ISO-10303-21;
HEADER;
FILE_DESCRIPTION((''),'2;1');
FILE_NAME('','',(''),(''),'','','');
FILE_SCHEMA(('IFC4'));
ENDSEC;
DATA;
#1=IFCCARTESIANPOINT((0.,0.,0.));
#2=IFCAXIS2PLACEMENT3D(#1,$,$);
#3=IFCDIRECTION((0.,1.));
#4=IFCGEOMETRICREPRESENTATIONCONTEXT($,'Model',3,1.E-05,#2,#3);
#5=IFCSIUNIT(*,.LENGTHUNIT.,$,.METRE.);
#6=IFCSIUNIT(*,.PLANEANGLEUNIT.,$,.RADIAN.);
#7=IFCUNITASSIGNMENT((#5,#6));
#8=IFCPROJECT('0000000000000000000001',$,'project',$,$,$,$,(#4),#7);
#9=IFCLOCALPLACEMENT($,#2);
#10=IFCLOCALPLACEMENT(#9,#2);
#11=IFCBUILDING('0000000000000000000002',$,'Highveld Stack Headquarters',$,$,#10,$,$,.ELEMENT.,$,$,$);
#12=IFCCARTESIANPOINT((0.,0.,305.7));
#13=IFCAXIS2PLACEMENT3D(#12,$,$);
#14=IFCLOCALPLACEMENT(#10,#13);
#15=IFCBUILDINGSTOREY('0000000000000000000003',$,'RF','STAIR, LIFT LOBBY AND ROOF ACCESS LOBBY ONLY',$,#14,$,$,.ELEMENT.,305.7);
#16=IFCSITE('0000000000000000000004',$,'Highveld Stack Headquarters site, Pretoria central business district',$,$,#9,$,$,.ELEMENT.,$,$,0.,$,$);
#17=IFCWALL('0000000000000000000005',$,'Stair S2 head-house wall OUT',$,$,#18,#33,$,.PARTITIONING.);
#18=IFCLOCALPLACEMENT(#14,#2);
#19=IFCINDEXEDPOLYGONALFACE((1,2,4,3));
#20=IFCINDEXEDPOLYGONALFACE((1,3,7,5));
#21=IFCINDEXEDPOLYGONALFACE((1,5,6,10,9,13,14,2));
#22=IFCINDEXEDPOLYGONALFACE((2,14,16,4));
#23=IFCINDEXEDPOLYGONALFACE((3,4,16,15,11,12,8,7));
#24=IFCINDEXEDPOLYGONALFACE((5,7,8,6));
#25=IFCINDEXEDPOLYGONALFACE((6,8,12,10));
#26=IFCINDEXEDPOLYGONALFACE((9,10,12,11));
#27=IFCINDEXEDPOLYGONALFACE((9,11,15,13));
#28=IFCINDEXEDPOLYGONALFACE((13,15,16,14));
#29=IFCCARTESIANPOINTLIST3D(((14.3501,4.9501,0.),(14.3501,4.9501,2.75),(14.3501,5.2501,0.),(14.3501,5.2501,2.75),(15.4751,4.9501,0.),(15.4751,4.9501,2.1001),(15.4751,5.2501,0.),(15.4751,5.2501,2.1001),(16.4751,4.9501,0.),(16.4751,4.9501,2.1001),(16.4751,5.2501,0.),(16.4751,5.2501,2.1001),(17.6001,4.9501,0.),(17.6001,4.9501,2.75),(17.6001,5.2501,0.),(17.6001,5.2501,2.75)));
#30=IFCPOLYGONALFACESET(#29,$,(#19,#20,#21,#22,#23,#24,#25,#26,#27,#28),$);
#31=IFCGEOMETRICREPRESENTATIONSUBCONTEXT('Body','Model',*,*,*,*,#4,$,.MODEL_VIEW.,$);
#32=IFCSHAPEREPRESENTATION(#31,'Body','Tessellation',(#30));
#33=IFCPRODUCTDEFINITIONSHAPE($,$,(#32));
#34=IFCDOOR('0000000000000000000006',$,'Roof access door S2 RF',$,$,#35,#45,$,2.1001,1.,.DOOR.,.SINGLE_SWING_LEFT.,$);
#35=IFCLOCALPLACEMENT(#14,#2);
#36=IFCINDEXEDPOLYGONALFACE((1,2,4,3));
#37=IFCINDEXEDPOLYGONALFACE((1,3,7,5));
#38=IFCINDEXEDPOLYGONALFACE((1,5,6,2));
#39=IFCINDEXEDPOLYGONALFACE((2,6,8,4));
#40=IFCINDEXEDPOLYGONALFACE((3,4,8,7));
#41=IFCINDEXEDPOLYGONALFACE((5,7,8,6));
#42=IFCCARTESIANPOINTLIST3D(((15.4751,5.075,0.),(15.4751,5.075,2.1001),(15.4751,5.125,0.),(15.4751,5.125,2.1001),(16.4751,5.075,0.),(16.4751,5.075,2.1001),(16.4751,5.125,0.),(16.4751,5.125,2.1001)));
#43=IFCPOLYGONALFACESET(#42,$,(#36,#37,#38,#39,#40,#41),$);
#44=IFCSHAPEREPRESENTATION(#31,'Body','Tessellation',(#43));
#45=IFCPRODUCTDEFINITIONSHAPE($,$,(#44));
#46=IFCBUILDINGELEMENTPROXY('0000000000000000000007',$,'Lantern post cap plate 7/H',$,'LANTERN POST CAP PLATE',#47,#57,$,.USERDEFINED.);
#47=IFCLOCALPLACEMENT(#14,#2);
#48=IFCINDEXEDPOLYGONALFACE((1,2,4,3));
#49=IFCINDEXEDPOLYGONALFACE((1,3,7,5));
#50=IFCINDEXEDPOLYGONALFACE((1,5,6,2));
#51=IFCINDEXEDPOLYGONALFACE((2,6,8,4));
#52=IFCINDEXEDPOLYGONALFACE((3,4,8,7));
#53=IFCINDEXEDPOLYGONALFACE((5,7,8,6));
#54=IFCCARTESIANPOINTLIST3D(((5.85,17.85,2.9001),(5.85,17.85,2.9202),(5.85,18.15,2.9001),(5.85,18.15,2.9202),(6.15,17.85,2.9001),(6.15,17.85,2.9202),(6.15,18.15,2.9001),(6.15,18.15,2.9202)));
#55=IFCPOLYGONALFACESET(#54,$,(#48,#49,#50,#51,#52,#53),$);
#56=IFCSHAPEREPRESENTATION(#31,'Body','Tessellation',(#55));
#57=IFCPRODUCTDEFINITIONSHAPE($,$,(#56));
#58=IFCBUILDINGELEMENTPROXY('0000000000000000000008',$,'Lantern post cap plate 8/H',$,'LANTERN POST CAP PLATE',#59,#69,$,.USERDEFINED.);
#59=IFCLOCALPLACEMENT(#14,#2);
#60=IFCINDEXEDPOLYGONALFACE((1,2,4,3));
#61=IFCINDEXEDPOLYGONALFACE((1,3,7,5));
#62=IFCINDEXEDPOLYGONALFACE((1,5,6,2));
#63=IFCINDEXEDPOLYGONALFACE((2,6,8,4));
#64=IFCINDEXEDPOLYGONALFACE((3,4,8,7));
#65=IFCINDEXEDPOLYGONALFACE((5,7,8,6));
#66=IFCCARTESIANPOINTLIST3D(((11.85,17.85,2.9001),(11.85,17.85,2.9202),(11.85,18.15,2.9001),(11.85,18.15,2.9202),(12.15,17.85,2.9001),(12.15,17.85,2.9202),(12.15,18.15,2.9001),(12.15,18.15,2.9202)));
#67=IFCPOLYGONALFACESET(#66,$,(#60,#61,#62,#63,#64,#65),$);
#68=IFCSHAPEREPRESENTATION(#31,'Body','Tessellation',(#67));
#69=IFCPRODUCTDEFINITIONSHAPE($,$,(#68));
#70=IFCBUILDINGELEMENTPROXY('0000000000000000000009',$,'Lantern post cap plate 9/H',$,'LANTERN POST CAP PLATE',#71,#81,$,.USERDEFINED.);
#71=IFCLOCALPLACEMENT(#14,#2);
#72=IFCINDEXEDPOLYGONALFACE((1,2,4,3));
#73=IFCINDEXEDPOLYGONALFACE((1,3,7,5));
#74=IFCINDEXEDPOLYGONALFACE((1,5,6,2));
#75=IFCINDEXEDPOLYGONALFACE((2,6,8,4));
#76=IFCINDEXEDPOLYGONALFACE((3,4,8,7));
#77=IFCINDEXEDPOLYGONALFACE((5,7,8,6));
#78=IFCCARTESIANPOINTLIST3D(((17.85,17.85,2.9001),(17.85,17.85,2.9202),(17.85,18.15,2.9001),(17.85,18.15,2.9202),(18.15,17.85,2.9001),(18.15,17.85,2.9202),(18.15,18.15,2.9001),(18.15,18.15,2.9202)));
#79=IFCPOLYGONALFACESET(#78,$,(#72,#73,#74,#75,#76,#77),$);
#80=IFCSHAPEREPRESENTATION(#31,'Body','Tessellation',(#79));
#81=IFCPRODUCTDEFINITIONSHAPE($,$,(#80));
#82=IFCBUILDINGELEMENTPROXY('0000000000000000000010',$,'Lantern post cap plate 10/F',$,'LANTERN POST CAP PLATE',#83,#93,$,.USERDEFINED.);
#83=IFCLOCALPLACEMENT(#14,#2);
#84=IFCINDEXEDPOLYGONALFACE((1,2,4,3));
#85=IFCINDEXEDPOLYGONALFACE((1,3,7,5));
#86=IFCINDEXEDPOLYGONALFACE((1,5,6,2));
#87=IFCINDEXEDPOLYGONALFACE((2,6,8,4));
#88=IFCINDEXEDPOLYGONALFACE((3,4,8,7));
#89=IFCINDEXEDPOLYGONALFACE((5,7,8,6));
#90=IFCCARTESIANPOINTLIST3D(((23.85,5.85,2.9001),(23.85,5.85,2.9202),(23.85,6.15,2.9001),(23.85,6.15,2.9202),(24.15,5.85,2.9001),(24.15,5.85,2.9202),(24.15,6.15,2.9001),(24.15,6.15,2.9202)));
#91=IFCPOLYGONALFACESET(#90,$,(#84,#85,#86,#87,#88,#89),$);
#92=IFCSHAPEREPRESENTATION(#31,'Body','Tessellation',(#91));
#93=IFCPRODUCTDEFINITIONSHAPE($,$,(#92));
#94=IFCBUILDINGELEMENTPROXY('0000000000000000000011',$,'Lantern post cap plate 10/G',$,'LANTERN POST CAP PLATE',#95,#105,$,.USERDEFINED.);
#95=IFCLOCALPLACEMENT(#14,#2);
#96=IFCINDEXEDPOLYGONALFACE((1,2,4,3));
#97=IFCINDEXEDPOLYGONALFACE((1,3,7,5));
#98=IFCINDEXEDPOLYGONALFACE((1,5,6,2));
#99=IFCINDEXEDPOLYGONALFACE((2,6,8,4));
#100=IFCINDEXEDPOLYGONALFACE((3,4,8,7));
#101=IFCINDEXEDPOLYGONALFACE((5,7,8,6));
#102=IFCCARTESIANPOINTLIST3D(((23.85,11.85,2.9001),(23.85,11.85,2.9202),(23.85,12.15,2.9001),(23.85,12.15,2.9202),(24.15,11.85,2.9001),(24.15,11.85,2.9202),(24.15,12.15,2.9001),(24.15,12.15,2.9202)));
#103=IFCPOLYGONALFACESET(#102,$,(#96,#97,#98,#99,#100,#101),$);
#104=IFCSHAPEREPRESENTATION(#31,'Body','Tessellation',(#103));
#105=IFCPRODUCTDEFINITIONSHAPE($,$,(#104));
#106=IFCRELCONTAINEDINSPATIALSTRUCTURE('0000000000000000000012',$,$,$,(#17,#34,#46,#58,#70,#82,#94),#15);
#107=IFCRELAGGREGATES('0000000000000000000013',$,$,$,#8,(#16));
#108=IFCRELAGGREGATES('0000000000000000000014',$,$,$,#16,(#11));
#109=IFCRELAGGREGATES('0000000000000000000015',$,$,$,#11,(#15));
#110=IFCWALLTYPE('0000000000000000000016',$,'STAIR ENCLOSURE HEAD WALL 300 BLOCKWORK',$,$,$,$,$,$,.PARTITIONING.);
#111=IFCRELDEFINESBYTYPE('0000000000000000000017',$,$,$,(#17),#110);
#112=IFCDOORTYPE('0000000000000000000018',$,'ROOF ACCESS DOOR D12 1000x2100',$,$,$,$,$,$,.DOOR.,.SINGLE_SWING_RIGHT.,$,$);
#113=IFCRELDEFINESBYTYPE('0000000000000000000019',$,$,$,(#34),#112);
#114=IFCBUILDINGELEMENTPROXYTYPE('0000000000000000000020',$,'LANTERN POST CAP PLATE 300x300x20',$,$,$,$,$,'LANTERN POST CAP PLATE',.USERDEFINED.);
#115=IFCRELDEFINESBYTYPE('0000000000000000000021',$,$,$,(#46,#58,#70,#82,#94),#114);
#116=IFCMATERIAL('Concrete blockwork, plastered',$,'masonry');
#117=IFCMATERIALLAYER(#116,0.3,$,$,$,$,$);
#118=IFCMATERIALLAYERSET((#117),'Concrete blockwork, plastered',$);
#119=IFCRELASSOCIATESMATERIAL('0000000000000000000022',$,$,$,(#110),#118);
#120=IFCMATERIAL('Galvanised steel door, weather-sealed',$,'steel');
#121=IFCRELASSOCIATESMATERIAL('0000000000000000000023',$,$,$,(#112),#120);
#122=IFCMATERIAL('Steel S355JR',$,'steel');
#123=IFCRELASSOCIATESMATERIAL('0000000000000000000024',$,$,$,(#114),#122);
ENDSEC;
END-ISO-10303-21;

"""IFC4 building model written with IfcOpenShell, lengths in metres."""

from ifc_helpers import new_model, si_unit, direction, frame, frame_2d, origin, origin_2d, place, context, subcontext, project, spatial, rectangle, extrude, material, layer, layer_set, type_object, element, fill, save


model = new_model("IFC4")

# Units and contexts
model_context = context("Model", 3, precision=1e-05, world=origin(), true_north=direction((0.0, 1.0)))
body_context = subcontext(model_context, "Body", "Model", "MODEL_VIEW")
ifc_project = project(units=[si_unit("LENGTHUNIT", "METRE"), si_unit("PLANEANGLEUNIT", "RADIAN")], contexts=[model_context])

# Site, building, storey
site_placement = place(None, origin())
site = spatial("IfcSite", under=ifc_project, at=site_placement, Name="Highveld Stack Headquarters site, Pretoria central business district", CompositionType="ELEMENT", RefElevation=0.0)
building_placement = place(site_placement, origin())
building = spatial("IfcBuilding", under=site, at=building_placement, Name="Highveld Stack Headquarters", CompositionType="ELEMENT")
storey_placement = place(building_placement, frame((0.0, 0.0, 305.7)))
storey = spatial("IfcBuildingStorey", under=building, at=storey_placement, Name="RF", Description="STAIR, LIFT LOBBY AND ROOF ACCESS LOBBY ONLY", CompositionType="ELEMENT", Elevation=305.7)

# Shared definitions
ifc_material_1 = material(Name="Concrete blockwork, plastered", Category="masonry")
ifc_layer_1 = layer(ifc_material_1, 0.3)
ifc_layer_set_1 = layer_set([ifc_layer_1], Name="Concrete blockwork, plastered")
wall_type_1 = type_object("IfcWallType", Name="STAIR ENCLOSURE HEAD WALL 300 BLOCKWORK", PredefinedType="PARTITIONING", material=ifc_layer_set_1)

# Wall, opening, door
wall_1_placement = place(storey_placement, frame((14.3501, 5.1001, 0.0), z_axis=(0.0, 0.0, 1.0), x_axis=(1.0, 0.0, 0.0)))
wall_1 = element("IfcWall", 1, at=wall_1_placement, inside=storey, type_object=wall_type_1, Name="Stair S2 head-house wall OUT", PredefinedType="PARTITIONING", context=body_context, shape_type="SweptSolid", body=[
    extrude(rectangle(XDim=3.25, YDim=0.3, at=frame_2d((1.625, 0.0))), origin(), (0.0, 0.0, 1.0), 2.75),
])
opening_placement = place(wall_1_placement, frame((1.125, 0.0, 0.0)))
opening = element("IfcOpeningElement", 2, at=opening_placement, cuts=wall_1, PredefinedType="OPENING", context=body_context, shape_type="SweptSolid", body=[
    extrude(rectangle(XDim=1.0, YDim=2.1001, at=frame_2d((0.5, 1.05))), frame((0.0, 0.1599, 0.0), z_axis=(0.0, -1.0, 0.0), x_axis=(1.0, 0.0, 0.0)), (0.0, 0.0, 1.0), 0.3201),
])
ifc_material_2 = material(Name="Galvanised steel door, weather-sealed", Category="steel")
door_type = type_object("IfcDoorType", Name="ROOF ACCESS DOOR D12 1000x2100", OperationType="SINGLE_SWING_RIGHT", PredefinedType="DOOR", material=ifc_material_2)
door_placement = place(opening_placement, origin())
door = element("IfcDoor", 3, at=door_placement, inside=storey, type_object=door_type, Name="Roof access door S2 RF", OperationType="SINGLE_SWING_LEFT", OverallHeight=2.1001, OverallWidth=1.0, PredefinedType="DOOR", context=body_context, shape_type="SweptSolid", body=[
    extrude(rectangle(XDim=1.0, YDim=2.1001, at=frame_2d((0.5, 1.05))), frame((0.0, 0.0249, 0.0), z_axis=(0.0, -1.0, 0.0), x_axis=(1.0, 0.0, 0.0)), (0.0, 0.0, 1.0), 0.05),
])
fill(opening, door)

# Building element proxies
ifc_material_3 = material(Name="Steel S355JR", Category="steel")
building_element_proxy_type = type_object("IfcBuildingElementProxyType", Name="LANTERN POST CAP PLATE 300x300x20", ElementType="LANTERN POST CAP PLATE", PredefinedType="USERDEFINED", material=ifc_material_3)
for number, where, z_axis, x_axis, name in (
    (4, (6.0, 18.0, 2.9001), (0.0, 0.0, 1.0), (1.0, 0.0, 0.0), "Lantern post cap plate 7/H"),
    (5, (12.0, 18.0, 2.9001), (0.0, 0.0, 1.0), (1.0, 0.0, 0.0), "Lantern post cap plate 8/H"),
    (6, (18.0, 18.0, 2.9001), (0.0, 0.0, 1.0), (1.0, 0.0, 0.0), "Lantern post cap plate 9/H"),
    (7, (24.0, 6.0, 2.9001), (0.0, 0.0, 1.0), (1.0, 0.0, 0.0), "Lantern post cap plate 10/F"),
    (8, (24.0, 12.0, 2.9001), (0.0, 0.0, 1.0), (1.0, 0.0, 0.0), "Lantern post cap plate 10/G"),
):
    element("IfcBuildingElementProxy", number, at=place(storey_placement, frame(where, z_axis=z_axis, x_axis=x_axis)), inside=storey, type_object=building_element_proxy_type, Name=name, ObjectType="LANTERN POST CAP PLATE", PredefinedType="USERDEFINED", context=body_context, shape_type="SweptSolid", body=[
        extrude(rectangle(XDim=0.3, YDim=0.3, at=origin_2d()), origin(), (0.0, 0.0, 1.0), 0.02),
    ])

save(model, "model.ifc")
